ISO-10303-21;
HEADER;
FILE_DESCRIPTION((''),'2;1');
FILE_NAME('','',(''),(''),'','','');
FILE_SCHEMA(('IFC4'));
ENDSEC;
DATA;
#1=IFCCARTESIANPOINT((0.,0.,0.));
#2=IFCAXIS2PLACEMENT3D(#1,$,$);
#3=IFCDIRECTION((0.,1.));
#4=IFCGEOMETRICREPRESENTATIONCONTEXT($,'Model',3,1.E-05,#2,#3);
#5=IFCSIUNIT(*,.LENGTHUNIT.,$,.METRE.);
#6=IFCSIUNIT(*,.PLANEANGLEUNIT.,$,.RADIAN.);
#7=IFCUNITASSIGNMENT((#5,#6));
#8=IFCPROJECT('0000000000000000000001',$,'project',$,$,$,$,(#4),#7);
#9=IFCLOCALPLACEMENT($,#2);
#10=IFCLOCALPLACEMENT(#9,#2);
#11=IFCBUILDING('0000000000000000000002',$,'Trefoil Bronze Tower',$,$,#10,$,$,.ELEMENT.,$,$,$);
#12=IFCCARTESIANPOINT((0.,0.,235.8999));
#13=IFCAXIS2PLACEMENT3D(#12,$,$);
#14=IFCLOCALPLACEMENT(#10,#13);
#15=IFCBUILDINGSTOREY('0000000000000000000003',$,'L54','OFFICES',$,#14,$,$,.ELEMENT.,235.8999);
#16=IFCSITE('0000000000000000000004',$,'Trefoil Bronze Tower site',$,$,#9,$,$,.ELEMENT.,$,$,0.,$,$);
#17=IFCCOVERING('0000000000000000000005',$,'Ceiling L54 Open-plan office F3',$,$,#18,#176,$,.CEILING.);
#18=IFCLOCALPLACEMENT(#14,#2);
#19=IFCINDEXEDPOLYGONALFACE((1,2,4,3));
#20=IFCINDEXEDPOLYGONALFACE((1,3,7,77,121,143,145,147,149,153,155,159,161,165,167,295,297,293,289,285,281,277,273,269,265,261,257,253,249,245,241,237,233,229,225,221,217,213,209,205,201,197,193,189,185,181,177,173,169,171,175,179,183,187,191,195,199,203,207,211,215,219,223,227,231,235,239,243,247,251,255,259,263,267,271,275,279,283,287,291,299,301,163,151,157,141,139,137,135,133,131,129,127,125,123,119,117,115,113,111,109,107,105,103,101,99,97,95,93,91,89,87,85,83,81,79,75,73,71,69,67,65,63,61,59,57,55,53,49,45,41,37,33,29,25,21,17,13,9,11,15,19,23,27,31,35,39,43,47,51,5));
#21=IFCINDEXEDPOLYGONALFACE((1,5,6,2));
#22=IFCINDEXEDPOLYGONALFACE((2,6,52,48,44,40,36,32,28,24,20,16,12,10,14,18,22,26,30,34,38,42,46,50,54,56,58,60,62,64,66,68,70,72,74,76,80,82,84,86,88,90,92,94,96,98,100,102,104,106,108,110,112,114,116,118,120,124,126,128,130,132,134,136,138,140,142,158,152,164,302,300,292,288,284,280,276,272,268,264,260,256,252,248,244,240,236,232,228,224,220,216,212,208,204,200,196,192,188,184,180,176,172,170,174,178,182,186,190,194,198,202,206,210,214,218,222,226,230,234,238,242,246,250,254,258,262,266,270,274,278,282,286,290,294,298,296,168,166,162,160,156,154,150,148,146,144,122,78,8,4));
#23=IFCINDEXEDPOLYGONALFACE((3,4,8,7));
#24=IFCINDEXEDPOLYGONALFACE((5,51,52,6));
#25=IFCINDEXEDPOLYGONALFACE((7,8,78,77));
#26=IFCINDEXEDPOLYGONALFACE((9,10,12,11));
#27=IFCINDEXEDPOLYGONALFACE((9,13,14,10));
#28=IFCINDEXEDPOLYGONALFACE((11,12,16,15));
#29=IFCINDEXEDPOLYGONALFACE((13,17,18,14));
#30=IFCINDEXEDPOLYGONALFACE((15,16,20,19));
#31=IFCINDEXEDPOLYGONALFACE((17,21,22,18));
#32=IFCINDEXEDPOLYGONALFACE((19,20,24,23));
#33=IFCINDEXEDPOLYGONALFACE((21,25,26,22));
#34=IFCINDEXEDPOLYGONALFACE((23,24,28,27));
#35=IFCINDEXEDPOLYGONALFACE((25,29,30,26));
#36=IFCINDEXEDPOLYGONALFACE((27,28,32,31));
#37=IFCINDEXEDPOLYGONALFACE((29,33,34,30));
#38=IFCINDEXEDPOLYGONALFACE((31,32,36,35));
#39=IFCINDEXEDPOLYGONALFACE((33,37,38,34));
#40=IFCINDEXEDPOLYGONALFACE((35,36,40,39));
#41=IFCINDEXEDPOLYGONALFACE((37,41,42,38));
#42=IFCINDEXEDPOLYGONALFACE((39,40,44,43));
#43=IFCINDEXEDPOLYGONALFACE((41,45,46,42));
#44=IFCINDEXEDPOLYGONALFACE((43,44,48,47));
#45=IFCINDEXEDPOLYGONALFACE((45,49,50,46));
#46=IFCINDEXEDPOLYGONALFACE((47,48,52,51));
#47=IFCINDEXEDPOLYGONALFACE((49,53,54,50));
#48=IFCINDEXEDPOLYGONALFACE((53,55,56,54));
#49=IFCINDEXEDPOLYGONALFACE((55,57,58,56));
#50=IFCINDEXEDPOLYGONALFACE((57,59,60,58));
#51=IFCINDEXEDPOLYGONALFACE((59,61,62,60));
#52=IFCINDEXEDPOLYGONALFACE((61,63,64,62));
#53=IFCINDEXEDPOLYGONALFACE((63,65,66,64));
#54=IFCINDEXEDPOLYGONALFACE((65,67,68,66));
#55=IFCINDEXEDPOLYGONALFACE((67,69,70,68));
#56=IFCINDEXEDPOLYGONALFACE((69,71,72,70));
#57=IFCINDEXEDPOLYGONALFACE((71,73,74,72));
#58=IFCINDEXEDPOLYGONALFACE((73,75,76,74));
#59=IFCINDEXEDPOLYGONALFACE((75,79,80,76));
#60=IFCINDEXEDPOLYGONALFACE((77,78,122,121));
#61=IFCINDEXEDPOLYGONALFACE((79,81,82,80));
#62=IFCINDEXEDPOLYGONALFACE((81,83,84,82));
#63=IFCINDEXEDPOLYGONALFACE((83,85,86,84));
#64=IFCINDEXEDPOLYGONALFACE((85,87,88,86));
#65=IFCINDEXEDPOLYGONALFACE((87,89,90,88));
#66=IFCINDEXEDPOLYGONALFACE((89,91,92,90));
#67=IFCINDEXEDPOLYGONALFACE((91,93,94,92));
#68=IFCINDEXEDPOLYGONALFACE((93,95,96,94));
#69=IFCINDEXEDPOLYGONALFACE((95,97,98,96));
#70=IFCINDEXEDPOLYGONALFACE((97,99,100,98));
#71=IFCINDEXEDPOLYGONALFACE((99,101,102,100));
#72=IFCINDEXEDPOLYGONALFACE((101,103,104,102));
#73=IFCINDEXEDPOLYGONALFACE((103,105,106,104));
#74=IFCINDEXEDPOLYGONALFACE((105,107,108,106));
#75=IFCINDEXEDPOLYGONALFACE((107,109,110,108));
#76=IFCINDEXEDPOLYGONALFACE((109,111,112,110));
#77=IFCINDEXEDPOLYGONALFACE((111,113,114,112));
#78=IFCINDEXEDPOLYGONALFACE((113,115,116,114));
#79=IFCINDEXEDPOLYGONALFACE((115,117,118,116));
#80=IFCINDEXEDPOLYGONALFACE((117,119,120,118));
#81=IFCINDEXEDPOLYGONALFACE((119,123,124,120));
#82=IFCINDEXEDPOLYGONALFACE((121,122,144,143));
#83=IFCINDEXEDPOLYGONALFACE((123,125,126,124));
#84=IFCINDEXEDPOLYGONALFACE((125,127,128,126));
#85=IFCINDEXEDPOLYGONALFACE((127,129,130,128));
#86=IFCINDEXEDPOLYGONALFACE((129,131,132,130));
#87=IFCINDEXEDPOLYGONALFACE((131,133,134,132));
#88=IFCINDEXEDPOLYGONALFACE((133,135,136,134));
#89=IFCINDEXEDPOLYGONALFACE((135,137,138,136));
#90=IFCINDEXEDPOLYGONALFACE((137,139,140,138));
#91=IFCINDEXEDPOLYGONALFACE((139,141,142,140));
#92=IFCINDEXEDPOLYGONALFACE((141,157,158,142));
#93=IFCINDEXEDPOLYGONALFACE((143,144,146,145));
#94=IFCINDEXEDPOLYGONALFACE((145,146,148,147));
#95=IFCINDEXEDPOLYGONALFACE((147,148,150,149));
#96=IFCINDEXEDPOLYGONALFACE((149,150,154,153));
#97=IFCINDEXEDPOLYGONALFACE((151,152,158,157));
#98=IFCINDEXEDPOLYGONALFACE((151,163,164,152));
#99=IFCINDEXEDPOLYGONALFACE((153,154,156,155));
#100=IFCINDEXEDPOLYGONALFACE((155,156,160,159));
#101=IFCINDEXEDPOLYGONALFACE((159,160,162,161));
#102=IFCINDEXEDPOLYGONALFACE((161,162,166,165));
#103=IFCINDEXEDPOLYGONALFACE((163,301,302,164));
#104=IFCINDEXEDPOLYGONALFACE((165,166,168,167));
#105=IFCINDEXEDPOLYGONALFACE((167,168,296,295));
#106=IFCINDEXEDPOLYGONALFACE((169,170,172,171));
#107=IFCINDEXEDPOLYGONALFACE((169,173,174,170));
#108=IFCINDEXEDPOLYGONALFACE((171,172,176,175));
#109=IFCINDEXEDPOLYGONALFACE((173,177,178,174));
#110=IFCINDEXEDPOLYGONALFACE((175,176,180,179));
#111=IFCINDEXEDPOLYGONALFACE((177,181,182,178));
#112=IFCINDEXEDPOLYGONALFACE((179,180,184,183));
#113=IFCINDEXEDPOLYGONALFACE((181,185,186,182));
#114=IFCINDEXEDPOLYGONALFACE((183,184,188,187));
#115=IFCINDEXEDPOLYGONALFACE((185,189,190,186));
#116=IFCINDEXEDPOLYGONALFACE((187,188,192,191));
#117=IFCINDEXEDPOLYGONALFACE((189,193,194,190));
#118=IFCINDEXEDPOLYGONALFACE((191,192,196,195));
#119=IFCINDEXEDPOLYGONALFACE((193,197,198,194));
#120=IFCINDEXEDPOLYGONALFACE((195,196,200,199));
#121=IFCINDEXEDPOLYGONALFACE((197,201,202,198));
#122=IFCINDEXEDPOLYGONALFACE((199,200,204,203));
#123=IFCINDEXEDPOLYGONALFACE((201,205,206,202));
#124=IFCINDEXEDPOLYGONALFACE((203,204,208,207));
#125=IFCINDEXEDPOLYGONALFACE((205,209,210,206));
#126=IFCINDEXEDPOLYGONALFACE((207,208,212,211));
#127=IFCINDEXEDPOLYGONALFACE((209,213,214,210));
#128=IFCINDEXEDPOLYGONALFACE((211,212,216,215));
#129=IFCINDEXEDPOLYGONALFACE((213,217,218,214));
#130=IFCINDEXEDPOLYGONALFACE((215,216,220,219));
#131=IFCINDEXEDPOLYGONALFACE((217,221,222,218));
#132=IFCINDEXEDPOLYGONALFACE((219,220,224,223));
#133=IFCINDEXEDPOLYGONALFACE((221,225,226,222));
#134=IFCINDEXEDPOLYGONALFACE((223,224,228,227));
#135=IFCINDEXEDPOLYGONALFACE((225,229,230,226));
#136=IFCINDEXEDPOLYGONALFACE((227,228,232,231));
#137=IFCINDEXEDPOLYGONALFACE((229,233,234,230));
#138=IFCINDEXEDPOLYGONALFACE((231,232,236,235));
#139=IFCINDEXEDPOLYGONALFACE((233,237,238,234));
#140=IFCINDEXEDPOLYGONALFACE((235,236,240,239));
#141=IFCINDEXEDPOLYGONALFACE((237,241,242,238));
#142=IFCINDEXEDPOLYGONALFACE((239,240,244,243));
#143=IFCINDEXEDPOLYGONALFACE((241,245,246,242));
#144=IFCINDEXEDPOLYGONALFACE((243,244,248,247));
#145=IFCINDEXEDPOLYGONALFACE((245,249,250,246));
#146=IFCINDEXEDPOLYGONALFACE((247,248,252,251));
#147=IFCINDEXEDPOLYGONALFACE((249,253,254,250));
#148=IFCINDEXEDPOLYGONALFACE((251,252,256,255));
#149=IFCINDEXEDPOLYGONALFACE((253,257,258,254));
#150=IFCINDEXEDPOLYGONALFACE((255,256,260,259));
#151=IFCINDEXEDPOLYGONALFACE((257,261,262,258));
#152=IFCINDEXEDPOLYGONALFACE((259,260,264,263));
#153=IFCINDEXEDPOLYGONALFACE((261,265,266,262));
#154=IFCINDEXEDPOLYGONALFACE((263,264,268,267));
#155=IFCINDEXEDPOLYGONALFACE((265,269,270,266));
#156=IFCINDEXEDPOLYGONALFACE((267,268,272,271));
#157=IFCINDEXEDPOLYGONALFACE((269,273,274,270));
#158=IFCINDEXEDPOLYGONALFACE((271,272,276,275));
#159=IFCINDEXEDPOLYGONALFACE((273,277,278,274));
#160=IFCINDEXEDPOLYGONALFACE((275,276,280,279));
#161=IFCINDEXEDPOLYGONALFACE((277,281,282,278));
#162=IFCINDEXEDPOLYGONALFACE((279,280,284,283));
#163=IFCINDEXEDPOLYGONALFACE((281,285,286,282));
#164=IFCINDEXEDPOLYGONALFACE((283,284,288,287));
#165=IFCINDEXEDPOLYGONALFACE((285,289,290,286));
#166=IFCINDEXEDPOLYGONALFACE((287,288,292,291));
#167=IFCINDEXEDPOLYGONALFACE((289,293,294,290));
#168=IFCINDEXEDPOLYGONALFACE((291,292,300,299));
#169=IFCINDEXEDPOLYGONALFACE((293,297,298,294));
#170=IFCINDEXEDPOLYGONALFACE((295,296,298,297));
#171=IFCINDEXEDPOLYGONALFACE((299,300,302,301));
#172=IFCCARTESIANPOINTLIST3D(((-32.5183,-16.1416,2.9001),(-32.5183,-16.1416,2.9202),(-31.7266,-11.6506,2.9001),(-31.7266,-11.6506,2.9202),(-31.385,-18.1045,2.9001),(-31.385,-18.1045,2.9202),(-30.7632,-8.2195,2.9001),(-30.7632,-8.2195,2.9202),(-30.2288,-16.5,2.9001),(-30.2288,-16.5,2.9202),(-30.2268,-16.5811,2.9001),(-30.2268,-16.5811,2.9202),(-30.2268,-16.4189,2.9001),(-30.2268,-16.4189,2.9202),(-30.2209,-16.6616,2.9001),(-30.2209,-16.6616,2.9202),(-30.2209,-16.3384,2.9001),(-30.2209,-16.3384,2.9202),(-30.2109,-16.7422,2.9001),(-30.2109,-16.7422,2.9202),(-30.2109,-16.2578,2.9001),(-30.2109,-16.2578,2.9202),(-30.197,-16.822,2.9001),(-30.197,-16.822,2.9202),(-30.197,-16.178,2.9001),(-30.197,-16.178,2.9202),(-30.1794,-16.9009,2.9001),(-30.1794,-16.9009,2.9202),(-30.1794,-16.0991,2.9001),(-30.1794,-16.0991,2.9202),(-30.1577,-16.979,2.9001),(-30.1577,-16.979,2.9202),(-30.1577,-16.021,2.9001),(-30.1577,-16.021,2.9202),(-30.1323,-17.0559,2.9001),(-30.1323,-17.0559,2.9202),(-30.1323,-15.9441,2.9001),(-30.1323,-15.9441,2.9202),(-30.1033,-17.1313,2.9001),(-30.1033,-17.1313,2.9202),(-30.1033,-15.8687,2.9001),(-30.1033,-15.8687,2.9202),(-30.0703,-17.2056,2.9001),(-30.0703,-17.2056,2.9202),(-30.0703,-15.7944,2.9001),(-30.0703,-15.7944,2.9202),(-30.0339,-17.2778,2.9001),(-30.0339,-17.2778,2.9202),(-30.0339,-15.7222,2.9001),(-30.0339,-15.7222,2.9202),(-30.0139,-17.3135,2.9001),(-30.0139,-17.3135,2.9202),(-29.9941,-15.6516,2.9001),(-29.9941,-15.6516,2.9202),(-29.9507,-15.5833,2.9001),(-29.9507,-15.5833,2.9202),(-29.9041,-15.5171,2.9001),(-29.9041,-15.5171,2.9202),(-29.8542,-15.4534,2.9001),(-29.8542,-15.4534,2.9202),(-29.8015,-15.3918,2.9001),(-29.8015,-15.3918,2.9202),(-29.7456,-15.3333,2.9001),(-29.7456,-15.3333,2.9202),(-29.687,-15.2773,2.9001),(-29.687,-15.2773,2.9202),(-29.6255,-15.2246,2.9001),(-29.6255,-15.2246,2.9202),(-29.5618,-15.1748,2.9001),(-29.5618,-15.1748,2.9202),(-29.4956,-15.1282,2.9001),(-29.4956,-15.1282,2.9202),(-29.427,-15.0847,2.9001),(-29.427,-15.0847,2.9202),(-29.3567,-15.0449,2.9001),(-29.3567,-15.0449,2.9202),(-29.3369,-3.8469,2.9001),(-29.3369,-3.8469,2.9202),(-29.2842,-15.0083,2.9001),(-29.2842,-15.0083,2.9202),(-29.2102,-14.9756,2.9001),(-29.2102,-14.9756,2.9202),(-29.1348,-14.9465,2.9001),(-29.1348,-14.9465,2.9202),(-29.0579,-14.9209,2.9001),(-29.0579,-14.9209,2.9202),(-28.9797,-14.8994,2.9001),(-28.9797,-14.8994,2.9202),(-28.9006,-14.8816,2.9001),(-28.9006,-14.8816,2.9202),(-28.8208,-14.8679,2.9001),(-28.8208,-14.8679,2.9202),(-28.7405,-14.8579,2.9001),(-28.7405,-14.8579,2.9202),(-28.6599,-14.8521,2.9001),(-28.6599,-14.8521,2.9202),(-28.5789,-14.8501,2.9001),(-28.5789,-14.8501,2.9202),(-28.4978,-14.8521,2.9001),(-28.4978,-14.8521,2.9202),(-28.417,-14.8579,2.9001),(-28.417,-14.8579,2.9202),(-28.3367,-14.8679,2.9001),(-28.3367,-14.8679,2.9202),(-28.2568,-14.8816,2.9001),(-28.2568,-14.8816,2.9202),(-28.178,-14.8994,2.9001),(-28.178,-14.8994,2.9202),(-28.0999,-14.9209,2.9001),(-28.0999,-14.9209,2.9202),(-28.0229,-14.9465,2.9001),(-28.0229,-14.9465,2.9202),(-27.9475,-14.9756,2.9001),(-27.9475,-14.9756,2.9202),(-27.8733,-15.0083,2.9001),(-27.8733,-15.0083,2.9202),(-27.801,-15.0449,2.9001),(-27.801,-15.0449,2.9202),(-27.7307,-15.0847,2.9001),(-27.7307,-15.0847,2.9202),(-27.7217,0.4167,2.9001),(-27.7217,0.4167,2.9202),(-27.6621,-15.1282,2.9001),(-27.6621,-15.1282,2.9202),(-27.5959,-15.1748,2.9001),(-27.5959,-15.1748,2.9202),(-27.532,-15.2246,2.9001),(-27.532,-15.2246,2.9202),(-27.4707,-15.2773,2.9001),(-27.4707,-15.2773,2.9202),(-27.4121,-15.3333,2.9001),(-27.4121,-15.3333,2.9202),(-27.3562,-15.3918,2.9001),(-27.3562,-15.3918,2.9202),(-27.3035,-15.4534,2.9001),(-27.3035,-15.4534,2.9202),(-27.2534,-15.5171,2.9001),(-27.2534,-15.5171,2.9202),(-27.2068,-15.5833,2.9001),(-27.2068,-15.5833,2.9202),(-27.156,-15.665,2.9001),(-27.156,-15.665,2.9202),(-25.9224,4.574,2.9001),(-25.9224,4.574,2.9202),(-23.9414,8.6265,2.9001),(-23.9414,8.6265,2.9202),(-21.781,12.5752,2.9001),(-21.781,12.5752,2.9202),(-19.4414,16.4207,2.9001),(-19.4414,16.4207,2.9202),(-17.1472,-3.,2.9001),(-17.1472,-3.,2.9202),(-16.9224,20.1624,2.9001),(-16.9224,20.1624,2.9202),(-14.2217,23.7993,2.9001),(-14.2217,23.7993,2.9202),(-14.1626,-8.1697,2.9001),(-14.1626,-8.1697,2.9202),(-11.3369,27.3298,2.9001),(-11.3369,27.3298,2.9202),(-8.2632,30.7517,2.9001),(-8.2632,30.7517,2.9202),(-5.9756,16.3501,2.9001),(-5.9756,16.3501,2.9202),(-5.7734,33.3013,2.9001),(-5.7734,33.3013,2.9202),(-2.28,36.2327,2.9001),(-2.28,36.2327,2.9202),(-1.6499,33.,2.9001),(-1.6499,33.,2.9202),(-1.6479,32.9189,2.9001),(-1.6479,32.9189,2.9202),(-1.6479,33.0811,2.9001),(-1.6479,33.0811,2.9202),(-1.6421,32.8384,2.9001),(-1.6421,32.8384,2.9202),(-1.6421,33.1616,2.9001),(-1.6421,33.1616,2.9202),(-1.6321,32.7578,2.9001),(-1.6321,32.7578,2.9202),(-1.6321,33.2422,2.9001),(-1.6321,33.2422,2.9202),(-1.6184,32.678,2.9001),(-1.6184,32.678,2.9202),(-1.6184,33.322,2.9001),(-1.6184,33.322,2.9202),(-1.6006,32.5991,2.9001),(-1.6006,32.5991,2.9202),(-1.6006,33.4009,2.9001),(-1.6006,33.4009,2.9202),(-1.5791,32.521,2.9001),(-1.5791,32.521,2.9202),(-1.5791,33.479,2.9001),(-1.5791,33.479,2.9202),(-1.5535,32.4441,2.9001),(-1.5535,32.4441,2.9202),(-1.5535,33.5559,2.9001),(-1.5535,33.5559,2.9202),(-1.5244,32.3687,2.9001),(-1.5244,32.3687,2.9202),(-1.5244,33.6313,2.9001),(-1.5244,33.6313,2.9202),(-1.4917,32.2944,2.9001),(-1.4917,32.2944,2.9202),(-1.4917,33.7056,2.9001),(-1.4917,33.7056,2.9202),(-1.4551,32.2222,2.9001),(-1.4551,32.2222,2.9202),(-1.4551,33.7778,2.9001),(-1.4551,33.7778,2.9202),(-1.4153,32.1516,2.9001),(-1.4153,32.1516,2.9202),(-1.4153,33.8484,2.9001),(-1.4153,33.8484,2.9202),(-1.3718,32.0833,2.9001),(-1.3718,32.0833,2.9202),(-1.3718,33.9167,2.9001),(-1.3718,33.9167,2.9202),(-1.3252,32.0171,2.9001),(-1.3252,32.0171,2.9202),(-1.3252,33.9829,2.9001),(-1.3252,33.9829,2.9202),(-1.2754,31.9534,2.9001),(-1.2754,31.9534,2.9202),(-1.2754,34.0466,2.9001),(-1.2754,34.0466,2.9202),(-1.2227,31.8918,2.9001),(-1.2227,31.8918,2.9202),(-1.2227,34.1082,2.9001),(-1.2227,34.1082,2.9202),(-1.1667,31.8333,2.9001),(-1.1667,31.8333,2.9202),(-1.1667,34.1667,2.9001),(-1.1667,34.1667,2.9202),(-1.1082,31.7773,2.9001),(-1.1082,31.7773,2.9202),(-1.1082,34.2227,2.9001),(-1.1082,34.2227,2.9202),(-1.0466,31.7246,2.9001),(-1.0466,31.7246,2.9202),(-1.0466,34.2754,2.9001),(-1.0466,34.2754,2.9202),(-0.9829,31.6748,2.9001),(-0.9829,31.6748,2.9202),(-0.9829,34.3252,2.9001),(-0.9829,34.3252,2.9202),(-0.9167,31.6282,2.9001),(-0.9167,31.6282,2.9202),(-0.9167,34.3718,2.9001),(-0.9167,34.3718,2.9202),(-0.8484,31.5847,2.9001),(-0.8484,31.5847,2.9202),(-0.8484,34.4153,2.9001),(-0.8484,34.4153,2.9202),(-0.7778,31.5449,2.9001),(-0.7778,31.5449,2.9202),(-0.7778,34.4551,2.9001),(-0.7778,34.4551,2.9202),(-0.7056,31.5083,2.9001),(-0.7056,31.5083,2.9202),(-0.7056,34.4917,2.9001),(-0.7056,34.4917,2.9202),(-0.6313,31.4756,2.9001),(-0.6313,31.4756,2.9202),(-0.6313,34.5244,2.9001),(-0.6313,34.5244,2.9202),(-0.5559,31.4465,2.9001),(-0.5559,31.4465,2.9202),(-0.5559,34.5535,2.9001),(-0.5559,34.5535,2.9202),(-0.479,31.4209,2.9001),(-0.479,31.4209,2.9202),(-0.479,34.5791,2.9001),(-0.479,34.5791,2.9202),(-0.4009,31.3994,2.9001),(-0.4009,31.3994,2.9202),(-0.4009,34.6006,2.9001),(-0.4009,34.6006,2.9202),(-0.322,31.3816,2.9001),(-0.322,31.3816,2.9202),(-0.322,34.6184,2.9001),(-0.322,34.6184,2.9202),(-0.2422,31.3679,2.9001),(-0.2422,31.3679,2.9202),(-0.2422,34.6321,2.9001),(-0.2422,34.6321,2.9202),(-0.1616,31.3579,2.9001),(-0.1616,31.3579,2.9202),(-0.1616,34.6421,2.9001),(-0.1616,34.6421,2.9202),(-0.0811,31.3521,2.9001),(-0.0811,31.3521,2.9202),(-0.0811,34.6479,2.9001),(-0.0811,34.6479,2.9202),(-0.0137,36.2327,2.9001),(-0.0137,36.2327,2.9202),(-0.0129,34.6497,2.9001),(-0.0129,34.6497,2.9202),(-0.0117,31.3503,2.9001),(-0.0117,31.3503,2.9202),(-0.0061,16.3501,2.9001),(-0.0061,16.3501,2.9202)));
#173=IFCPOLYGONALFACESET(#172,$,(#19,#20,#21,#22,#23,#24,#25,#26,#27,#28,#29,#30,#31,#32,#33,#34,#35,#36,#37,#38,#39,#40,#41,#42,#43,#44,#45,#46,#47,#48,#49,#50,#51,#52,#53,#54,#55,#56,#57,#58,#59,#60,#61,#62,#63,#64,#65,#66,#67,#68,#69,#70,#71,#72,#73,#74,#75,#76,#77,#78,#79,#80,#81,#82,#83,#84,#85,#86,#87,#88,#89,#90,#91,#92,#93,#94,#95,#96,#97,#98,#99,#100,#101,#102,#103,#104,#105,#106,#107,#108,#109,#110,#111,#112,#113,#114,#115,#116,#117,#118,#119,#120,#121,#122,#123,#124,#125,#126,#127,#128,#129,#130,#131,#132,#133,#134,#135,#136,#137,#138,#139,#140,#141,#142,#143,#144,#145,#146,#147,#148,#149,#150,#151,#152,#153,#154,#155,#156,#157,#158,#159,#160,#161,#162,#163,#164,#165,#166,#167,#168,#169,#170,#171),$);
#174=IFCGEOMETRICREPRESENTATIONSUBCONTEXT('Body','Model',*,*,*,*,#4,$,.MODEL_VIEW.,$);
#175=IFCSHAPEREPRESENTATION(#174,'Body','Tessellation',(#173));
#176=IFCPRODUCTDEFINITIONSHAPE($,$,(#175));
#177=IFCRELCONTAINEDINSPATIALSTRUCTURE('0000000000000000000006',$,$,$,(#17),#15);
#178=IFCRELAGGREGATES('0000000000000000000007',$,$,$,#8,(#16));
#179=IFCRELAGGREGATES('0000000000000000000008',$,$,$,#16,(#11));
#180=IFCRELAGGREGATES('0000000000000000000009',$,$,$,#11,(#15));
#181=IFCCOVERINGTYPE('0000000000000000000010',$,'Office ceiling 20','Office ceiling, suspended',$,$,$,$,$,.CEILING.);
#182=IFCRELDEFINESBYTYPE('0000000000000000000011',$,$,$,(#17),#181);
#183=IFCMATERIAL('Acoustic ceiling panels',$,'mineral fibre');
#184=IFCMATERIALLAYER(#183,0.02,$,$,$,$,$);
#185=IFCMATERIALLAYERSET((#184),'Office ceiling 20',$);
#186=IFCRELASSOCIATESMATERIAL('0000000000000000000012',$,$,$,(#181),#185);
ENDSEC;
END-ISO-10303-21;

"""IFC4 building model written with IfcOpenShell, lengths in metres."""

from ifc_helpers import new_model, si_unit, direction, frame, origin, place, context, subcontext, project, spatial, polyline, outline, extrude, material, layer, layer_set, type_object, element, save


model = new_model("IFC4")

# Units and contexts
model_context = context("Model", 3, precision=1e-05, world=origin(), true_north=direction((0.0, 1.0)))
body_context = subcontext(model_context, "Body", "Model", "MODEL_VIEW")
ifc_project = project(units=[si_unit("LENGTHUNIT", "METRE"), si_unit("PLANEANGLEUNIT", "RADIAN")], contexts=[model_context])

# Site, building, storey
site_placement = place(None, origin())
site = spatial("IfcSite", under=ifc_project, at=site_placement, Name="Trefoil Bronze Tower site", CompositionType="ELEMENT", RefElevation=0.0)
building_placement = place(site_placement, origin())
building = spatial("IfcBuilding", under=site, at=building_placement, Name="Trefoil Bronze Tower", CompositionType="ELEMENT")
storey_placement = place(building_placement, frame((0.0, 0.0, 235.8999)))
storey = spatial("IfcBuildingStorey", under=building, at=storey_placement, Name="L54", Description="OFFICES", CompositionType="ELEMENT", Elevation=235.8999)

# Covering
ifc_material_1 = material(Name="Acoustic ceiling panels", Category="mineral fibre")
ifc_layer_1 = layer(ifc_material_1, 0.02)
ifc_layer_set_1 = layer_set([ifc_layer_1], Name="Office ceiling 20")
covering_type_1 = type_object("IfcCoveringType", Name="Office ceiling 20", Description="Office ceiling, suspended", PredefinedType="CEILING", material=ifc_layer_set_1)
covering_1_placement = place(storey_placement, frame((0.0, 0.0, 2.9001)))
element("IfcCovering", 1, at=covering_1_placement, inside=storey, type_object=covering_type_1, Name="Ceiling L54 Open-plan office F3", PredefinedType="CEILING", context=body_context, shape_type="SweptSolid", body=[
    extrude(outline(polyline([(-30.7632, -8.2195), (-29.3369, -3.8469), (-27.7217, 0.4167), (-25.9224, 4.574), (-23.9414, 8.6265), (-21.781, 12.5752), (-19.4414, 16.4207), (-16.9224, 20.1624), (-14.2217, 23.7993), (-11.3369, 27.3298), (-8.2632, 30.7517), (-5.7734, 33.3013), (-2.28, 36.2327), (-0.0137, 36.2327), (-0.0129, 34.6497), (-0.0811, 34.6479), (-0.1616, 34.6421), (-0.2422, 34.6321), (-0.322, 34.6184), (-0.4009, 34.6006), (-0.479, 34.5791), (-0.5559, 34.5535), (-0.6313, 34.5244), (-0.7056, 34.4917), (-0.7778, 34.4551), (-0.8484, 34.4153), (-0.9167, 34.3718), (-0.9829, 34.3252), (-1.0466, 34.2754), (-1.1082, 34.2227), (-1.1667, 34.1667), (-1.2227, 34.1082), (-1.2754, 34.0466), (-1.3252, 33.9829), (-1.3718, 33.9167), (-1.4153, 33.8484), (-1.4551, 33.7778), (-1.4917, 33.7056), (-1.5244, 33.6313), (-1.5535, 33.5559), (-1.5791, 33.479), (-1.6006, 33.4009), (-1.6184, 33.322), (-1.6321, 33.2422), (-1.6421, 33.1616), (-1.6479, 33.0811), (-1.6499, 33.0), (-1.6479, 32.9189), (-1.6421, 32.8384), (-1.6321, 32.7578), (-1.6184, 32.678), (-1.6006, 32.5991), (-1.5791, 32.521), (-1.5535, 32.4441), (-1.5244, 32.3687), (-1.4917, 32.2944), (-1.4551, 32.2222), (-1.4153, 32.1516), (-1.3718, 32.0833), (-1.3252, 32.0171), (-1.2754, 31.9534), (-1.2227, 31.8918), (-1.1667, 31.8333), (-1.1082, 31.7773), (-1.0466, 31.7246), (-0.9829, 31.6748), (-0.9167, 31.6282), (-0.8484, 31.5847), (-0.7778, 31.5449), (-0.7056, 31.5083), (-0.6313, 31.4756), (-0.5559, 31.4465), (-0.479, 31.4209), (-0.4009, 31.3994), (-0.322, 31.3816), (-0.2422, 31.3679), (-0.1616, 31.3579), (-0.0811, 31.3521), (-0.0117, 31.3503), (-0.0061, 16.3501), (-5.9756, 16.3501), (-17.1472, -3.0), (-14.1626, -8.1697), (-27.156, -15.665), (-27.2068, -15.5833), (-27.2534, -15.5171), (-27.3035, -15.4534), (-27.3562, -15.3918), (-27.4121, -15.3333), (-27.4707, -15.2773), (-27.532, -15.2246), (-27.5959, -15.1748), (-27.6621, -15.1282), (-27.7307, -15.0847), (-27.801, -15.0449), (-27.8733, -15.0083), (-27.9475, -14.9756), (-28.0229, -14.9465), (-28.0999, -14.9209), (-28.178, -14.8994), (-28.2568, -14.8816), (-28.3367, -14.8679), (-28.417, -14.8579), (-28.4978, -14.8521), (-28.5789, -14.8501), (-28.6599, -14.8521), (-28.7405, -14.8579), (-28.8208, -14.8679), (-28.9006, -14.8816), (-28.9797, -14.8994), (-29.0579, -14.9209), (-29.1348, -14.9465), (-29.2102, -14.9756), (-29.2842, -15.0083), (-29.3567, -15.0449), (-29.427, -15.0847), (-29.4956, -15.1282), (-29.5618, -15.1748), (-29.6255, -15.2246), (-29.687, -15.2773), (-29.7456, -15.3333), (-29.8015, -15.3918), (-29.8542, -15.4534), (-29.9041, -15.5171), (-29.9507, -15.5833), (-29.9941, -15.6516), (-30.0339, -15.7222), (-30.0703, -15.7944), (-30.1033, -15.8687), (-30.1323, -15.9441), (-30.1577, -16.021), (-30.1794, -16.0991), (-30.197, -16.178), (-30.2109, -16.2578), (-30.2209, -16.3384), (-30.2268, -16.4189), (-30.2288, -16.5), (-30.2268, -16.5811), (-30.2209, -16.6616), (-30.2109, -16.7422), (-30.197, -16.822), (-30.1794, -16.9009), (-30.1577, -16.979), (-30.1323, -17.0559), (-30.1033, -17.1313), (-30.0703, -17.2056), (-30.0339, -17.2778), (-30.0139, -17.3135), (-31.385, -18.1045), (-32.5183, -16.1416), (-31.7266, -11.6506), (-30.7632, -8.2195)])), origin(), (0.0, 0.0, 1.0), 0.02),
])

save(model, "model.ifc")
